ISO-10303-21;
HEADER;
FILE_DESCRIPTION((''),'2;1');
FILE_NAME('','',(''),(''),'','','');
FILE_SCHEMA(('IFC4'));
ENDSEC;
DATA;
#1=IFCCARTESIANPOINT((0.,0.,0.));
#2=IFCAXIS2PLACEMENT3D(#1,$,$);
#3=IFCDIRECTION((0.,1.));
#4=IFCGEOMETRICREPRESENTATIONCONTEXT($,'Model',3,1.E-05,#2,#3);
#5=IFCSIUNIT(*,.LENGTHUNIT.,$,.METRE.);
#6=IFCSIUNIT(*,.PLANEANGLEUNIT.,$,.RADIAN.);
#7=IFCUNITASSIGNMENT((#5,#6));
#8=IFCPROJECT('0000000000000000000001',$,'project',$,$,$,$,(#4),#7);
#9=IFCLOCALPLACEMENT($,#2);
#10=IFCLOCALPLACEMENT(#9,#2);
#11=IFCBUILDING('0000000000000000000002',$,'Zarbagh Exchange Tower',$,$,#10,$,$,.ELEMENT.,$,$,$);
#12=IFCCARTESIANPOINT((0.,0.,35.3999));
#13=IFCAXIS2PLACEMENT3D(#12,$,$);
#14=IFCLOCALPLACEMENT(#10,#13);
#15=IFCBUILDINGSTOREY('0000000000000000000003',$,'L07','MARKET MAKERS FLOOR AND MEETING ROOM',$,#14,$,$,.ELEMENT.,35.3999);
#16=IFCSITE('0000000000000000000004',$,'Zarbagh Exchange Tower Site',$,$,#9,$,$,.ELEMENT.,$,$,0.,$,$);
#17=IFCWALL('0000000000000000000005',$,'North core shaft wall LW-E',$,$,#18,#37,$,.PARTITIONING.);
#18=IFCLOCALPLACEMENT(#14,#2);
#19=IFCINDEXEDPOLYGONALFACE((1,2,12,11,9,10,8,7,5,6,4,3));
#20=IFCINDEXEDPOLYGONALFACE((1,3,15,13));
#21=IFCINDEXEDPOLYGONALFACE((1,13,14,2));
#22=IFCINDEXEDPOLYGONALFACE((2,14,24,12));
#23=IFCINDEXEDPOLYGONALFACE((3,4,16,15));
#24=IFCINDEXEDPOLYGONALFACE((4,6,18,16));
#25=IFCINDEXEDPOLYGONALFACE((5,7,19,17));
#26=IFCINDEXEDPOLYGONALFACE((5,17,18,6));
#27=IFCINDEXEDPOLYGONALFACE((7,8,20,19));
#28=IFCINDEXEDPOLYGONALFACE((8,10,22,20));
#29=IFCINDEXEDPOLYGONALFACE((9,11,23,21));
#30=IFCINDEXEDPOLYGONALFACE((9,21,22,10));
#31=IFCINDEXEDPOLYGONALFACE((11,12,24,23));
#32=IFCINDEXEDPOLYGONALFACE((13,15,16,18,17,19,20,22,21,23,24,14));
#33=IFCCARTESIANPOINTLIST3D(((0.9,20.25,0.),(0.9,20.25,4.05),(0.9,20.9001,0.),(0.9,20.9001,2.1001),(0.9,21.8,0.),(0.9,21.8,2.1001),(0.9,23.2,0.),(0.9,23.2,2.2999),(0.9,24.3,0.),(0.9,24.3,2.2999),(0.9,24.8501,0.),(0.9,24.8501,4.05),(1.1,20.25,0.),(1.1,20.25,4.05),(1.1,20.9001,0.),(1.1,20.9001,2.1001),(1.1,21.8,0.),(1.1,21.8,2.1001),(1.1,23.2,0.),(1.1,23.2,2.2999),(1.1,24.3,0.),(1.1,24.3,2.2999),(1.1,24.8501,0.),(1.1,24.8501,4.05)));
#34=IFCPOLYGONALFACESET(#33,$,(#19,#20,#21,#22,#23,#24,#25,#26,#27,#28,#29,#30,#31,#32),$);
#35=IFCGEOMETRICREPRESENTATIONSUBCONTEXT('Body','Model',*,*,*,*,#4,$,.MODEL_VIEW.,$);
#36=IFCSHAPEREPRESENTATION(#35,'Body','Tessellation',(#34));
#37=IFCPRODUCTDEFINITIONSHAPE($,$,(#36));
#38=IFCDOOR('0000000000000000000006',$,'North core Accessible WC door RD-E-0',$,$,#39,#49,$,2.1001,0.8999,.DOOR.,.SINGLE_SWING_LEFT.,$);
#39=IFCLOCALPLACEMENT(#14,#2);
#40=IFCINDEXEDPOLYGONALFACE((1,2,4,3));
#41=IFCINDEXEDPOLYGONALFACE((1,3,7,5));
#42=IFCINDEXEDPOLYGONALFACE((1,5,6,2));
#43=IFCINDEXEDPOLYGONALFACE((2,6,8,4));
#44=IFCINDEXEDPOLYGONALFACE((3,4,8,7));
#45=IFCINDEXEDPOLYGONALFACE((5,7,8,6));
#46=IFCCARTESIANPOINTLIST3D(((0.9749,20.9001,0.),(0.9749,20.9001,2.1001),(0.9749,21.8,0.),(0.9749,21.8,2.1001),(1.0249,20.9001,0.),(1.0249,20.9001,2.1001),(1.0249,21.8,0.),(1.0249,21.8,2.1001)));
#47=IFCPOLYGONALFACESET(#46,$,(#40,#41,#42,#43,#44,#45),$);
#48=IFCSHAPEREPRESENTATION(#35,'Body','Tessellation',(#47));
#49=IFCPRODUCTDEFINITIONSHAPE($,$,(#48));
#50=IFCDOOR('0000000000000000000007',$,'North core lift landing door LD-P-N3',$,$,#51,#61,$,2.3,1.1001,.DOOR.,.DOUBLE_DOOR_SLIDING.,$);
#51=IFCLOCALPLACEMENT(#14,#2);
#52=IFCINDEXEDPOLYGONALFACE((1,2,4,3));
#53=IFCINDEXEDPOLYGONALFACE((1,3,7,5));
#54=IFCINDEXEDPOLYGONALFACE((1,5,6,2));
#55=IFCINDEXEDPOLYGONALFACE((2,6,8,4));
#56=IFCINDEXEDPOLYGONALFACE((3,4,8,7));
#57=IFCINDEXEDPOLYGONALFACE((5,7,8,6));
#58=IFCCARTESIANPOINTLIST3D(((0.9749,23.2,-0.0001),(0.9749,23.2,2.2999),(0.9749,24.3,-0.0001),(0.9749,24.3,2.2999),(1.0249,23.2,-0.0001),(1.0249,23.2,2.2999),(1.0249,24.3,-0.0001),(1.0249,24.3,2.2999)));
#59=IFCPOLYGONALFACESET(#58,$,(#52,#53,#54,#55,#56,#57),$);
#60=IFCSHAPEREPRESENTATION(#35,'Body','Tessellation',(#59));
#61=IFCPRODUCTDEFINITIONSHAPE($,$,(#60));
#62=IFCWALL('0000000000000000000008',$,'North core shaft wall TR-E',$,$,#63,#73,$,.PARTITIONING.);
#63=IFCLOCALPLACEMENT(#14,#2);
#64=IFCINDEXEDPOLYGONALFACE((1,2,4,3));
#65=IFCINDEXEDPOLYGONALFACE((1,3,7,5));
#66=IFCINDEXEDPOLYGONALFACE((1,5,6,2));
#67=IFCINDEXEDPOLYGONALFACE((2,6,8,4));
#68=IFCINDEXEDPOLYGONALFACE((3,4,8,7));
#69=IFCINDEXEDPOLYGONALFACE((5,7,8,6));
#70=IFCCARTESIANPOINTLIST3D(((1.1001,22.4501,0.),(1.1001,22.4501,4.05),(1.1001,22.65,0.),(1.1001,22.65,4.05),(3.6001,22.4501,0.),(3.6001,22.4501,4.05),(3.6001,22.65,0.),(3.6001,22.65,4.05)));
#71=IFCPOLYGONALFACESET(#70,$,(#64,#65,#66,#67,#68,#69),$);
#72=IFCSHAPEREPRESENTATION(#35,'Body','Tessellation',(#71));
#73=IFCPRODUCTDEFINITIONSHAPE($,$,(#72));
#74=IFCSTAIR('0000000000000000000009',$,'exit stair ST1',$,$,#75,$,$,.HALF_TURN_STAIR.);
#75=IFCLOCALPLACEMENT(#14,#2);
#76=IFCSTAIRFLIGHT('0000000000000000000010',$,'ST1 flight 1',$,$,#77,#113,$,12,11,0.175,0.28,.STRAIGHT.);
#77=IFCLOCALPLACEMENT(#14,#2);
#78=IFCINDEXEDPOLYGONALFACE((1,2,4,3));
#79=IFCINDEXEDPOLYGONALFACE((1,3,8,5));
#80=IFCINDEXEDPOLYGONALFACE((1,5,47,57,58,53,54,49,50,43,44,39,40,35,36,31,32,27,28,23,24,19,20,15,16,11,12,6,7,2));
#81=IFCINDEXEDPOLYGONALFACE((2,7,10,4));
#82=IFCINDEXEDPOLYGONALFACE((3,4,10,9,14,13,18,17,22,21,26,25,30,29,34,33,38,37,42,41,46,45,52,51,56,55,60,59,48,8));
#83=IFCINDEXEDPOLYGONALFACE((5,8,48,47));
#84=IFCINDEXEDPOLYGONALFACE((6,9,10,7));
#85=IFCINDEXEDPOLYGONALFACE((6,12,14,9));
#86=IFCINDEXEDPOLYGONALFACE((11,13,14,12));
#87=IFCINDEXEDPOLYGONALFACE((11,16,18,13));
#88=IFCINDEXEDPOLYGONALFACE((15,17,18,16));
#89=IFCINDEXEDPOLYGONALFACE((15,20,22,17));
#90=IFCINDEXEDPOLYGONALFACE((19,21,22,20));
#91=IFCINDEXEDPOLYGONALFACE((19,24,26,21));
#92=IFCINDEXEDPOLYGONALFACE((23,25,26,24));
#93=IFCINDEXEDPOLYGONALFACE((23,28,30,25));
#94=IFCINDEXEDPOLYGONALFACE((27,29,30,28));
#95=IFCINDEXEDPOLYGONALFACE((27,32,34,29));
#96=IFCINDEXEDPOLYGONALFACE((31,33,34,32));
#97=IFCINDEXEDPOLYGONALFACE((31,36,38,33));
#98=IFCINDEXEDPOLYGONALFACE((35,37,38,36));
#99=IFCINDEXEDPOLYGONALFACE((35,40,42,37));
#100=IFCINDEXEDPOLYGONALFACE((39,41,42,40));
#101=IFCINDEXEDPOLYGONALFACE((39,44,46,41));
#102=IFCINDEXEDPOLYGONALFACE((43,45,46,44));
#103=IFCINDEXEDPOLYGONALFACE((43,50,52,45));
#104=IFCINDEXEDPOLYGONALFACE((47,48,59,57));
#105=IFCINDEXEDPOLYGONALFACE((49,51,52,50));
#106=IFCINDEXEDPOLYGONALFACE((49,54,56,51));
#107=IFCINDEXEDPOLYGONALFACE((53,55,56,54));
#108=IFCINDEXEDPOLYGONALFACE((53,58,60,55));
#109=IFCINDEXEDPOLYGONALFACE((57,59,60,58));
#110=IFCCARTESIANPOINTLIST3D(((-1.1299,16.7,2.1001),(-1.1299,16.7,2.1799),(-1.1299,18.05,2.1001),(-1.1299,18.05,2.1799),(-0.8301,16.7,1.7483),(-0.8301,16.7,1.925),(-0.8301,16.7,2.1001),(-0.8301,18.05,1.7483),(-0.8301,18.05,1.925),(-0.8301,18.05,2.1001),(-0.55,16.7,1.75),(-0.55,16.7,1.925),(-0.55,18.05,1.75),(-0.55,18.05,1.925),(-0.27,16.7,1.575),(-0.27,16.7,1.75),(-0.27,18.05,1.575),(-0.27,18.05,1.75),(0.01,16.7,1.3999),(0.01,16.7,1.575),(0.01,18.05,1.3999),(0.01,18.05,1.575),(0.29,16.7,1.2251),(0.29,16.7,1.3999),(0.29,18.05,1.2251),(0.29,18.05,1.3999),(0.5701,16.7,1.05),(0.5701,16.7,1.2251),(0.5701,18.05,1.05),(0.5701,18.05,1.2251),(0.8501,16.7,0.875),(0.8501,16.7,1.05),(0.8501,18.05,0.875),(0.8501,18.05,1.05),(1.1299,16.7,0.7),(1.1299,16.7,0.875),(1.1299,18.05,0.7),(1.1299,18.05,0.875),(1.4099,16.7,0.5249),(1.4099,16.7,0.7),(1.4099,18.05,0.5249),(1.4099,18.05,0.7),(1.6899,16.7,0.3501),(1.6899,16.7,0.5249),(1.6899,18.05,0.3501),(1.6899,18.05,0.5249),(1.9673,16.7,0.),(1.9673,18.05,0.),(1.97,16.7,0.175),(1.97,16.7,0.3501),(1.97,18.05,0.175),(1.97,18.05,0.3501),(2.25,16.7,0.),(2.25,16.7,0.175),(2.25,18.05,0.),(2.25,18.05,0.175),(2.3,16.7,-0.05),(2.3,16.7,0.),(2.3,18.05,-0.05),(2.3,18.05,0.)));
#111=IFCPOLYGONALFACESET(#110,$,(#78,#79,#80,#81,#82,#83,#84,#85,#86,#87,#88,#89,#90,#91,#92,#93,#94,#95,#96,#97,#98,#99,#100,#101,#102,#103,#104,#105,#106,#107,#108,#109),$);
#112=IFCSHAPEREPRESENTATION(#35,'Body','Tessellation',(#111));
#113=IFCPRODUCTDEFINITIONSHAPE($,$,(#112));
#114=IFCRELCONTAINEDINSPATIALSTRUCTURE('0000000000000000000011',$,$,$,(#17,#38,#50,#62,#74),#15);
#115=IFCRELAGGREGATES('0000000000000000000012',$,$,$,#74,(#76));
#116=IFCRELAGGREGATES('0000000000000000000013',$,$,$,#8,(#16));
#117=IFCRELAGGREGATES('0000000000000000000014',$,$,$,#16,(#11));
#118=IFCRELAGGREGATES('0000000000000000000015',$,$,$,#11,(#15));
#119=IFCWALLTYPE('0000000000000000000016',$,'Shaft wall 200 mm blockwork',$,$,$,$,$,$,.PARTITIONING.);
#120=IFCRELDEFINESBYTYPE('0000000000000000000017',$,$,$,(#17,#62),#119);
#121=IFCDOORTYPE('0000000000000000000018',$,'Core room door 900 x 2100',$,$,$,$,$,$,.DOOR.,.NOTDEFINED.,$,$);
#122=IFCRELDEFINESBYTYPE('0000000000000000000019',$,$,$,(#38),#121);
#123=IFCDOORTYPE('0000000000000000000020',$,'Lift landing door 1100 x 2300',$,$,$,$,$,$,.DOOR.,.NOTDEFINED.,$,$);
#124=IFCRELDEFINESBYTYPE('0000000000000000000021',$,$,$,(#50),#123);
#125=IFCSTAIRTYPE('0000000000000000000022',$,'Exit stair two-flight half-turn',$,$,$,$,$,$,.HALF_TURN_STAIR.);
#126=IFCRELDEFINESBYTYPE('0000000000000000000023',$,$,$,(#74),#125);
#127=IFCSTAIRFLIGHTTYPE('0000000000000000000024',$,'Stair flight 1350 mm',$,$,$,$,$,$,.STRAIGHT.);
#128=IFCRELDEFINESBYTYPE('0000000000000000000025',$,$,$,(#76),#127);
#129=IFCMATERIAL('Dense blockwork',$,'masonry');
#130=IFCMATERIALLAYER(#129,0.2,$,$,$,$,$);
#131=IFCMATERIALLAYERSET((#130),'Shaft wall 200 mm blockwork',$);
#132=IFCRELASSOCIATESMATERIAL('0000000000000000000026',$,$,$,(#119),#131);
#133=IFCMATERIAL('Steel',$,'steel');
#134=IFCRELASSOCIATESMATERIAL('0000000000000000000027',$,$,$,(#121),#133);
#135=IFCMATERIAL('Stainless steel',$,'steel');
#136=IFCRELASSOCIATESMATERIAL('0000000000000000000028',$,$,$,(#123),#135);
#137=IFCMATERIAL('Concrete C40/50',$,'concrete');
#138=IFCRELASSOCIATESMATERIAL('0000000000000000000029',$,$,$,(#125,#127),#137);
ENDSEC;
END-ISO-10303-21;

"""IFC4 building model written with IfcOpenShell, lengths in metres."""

from ifc_helpers import new_model, si_unit, direction, frame, frame_2d, origin, place, context, subcontext, project, spatial, polyline, rectangle, outline, extrude, material, layer, layer_set, type_object, element, fill, aggregate, save


model = new_model("IFC4")

# Units and contexts
model_context = context("Model", 3, precision=1e-05, world=origin(), true_north=direction((0.0, 1.0)))
body_context = subcontext(model_context, "Body", "Model", "MODEL_VIEW")
ifc_project = project(units=[si_unit("LENGTHUNIT", "METRE"), si_unit("PLANEANGLEUNIT", "RADIAN")], contexts=[model_context])

# Site, building, storey
site_placement = place(None, origin())
site = spatial("IfcSite", under=ifc_project, at=site_placement, Name="Zarbagh Exchange Tower Site", CompositionType="ELEMENT", RefElevation=0.0)
building_placement = place(site_placement, origin())
building = spatial("IfcBuilding", under=site, at=building_placement, Name="Zarbagh Exchange Tower", CompositionType="ELEMENT")
storey_placement = place(building_placement, frame((0.0, 0.0, 35.3999)))
storey = spatial("IfcBuildingStorey", under=building, at=storey_placement, Name="L07", Description="MARKET MAKERS FLOOR AND MEETING ROOM", CompositionType="ELEMENT", Elevation=35.3999)

# Wall, openings, doors
ifc_material_1 = material(Name="Steel", Category="steel")
ifc_material_2 = material(Name="Dense blockwork", Category="masonry")
ifc_layer_1 = layer(ifc_material_2, 0.2)
ifc_layer_set_1 = layer_set([ifc_layer_1], Name="Shaft wall 200 mm blockwork")
wall_type_1 = type_object("IfcWallType", Name="Shaft wall 200 mm blockwork", PredefinedType="PARTITIONING", material=ifc_layer_set_1)
wall_1_placement = place(storey_placement, frame((1.0, 24.8501, 0.0), z_axis=(0.0, 0.0, 1.0), x_axis=(0.0, -1.0, 0.0)))
wall_1 = element("IfcWall", 1, at=wall_1_placement, inside=storey, type_object=wall_type_1, Name="North core shaft wall LW-E", PredefinedType="PARTITIONING", context=body_context, shape_type="SweptSolid", body=[
    extrude(rectangle(XDim=4.6001, YDim=0.2, at=frame_2d((2.3, 0.0))), origin(), (0.0, 0.0, 1.0), 4.05),
])
opening_1_placement = place(wall_1_placement, frame((0.55, 0.0, 0.0)))
opening_1 = element("IfcOpeningElement", 2, at=opening_1_placement, cuts=wall_1, PredefinedType="OPENING", context=body_context, shape_type="SweptSolid", body=[
    extrude(rectangle(XDim=1.1001, YDim=2.3, at=frame_2d((0.55, 1.1499))), frame((0.0, 0.1099, 0.0), z_axis=(0.0, -1.0, 0.0), x_axis=(1.0, 0.0, 0.0)), (0.0, 0.0, 1.0), 0.22),
])
opening_2_placement = place(wall_1_placement, frame((3.05, 0.0, 0.0)))
opening_2 = element("IfcOpeningElement", 3, at=opening_2_placement, cuts=wall_1, PredefinedType="OPENING", context=body_context, shape_type="SweptSolid", body=[
    extrude(rectangle(XDim=0.8999, YDim=2.1001, at=frame_2d((0.45, 1.05))), frame((0.0, 0.1099, 0.0), z_axis=(0.0, -1.0, 0.0), x_axis=(1.0, 0.0, 0.0)), (0.0, 0.0, 1.0), 0.22),
])
door_type_1 = type_object("IfcDoorType", Name="Core room door 900 x 2100", OperationType="NOTDEFINED", PredefinedType="DOOR", material=ifc_material_1)
door_1_placement = place(opening_2_placement, origin())
door_1 = element("IfcDoor", 4, at=door_1_placement, inside=storey, type_object=door_type_1, Name="North core Accessible WC door RD-E-0", OperationType="SINGLE_SWING_LEFT", OverallHeight=2.1001, OverallWidth=0.8999, PredefinedType="DOOR", context=body_context, shape_type="SweptSolid", body=[
    extrude(rectangle(XDim=0.8999, YDim=2.1001, at=frame_2d((0.45, 1.05))), frame((0.0, 0.0249, 0.0), z_axis=(0.0, -1.0, 0.0), x_axis=(1.0, 0.0, 0.0)), (0.0, 0.0, 1.0), 0.05),
])
fill(opening_2, door_1)
ifc_material_3 = material(Name="Stainless steel", Category="steel")
door_type_2 = type_object("IfcDoorType", Name="Lift landing door 1100 x 2300", OperationType="NOTDEFINED", PredefinedType="DOOR", material=ifc_material_3)
door_2_placement = place(opening_1_placement, origin())
door_2 = element("IfcDoor", 5, at=door_2_placement, inside=storey, type_object=door_type_2, Name="North core lift landing door LD-P-N3", OperationType="DOUBLE_DOOR_SLIDING", OverallHeight=2.3, OverallWidth=1.1001, PredefinedType="DOOR", context=body_context, shape_type="SweptSolid", body=[
    extrude(rectangle(XDim=1.1001, YDim=2.3, at=frame_2d((0.55, 1.1499))), frame((0.0, 0.0249, 0.0), z_axis=(0.0, -1.0, 0.0), x_axis=(1.0, 0.0, 0.0)), (0.0, 0.0, 1.0), 0.05),
])
fill(opening_1, door_2)

# Wall
wall_2_placement = place(storey_placement, frame((1.1001, 22.55, 0.0), z_axis=(0.0, 0.0, 1.0), x_axis=(1.0, 0.0, 0.0)))
element("IfcWall", 6, at=wall_2_placement, inside=storey, type_object=wall_type_1, Name="North core shaft wall TR-E", PredefinedType="PARTITIONING", context=body_context, shape_type="SweptSolid", body=[
    extrude(rectangle(XDim=2.5, YDim=0.2, at=frame_2d((1.25, 0.0))), origin(), (0.0, 0.0, 1.0), 4.05),
])

# Stair, stair flight
ifc_material_4 = material(Name="Concrete C40/50", Category="concrete")
stair_type = type_object("IfcStairType", Name="Exit stair two-flight half-turn", PredefinedType="HALF_TURN_STAIR", material=ifc_material_4)
stair_placement = place(storey_placement, origin())
stair = element("IfcStair", 7, at=stair_placement, inside=storey, type_object=stair_type, Name="exit stair ST1", PredefinedType="HALF_TURN_STAIR")
stair_flight_type = type_object("IfcStairFlightType", Name="Stair flight 1350 mm", PredefinedType="STRAIGHT", material=ifc_material_4)
stair_flight_placement = place(storey_placement, frame((2.25, 17.375, 0.0), z_axis=(0.0, 0.0, 1.0), x_axis=(-1.0, 0.0, 0.0)))
stair_flight = element("IfcStairFlight", 8, at=stair_flight_placement, type_object=stair_flight_type, Name="ST1 flight 1", NumberOfRisers=12, NumberOfTreads=11, PredefinedType="STRAIGHT", RiserHeight=0.175, TreadLength=0.28, context=body_context, shape_type="SweptSolid", body=[
    extrude(outline(polyline([(-0.05, -0.05), (-0.05, 0.0), (0.0, 0.0), (0.0, 0.175), (0.28, 0.175), (0.28, 0.3501), (0.5601, 0.3501), (0.5601, 0.5249), (0.8401, 0.5249), (0.8401, 0.7), (1.1201, 0.7), (1.1201, 0.875), (1.3999, 0.875), (1.3999, 1.05), (1.6799, 1.05), (1.6799, 1.2251), (1.96, 1.2251), (1.96, 1.3999), (2.24, 1.3999), (2.24, 1.575), (2.52, 1.575), (2.52, 1.75), (2.8, 1.75), (2.8, 1.925), (3.0801, 1.925), (3.0801, 2.1001), (3.3799, 2.1799), (3.3799, 2.1001), (3.0801, 1.7483), (0.2827, 0.0), (-0.05, -0.05)])), frame((0.0, 0.675, 0.0), z_axis=(0.0, -1.0, 0.0), x_axis=(1.0, 0.0, 0.0)), (0.0, 0.0, 1.0), 1.3501),
])
aggregate(stair, [stair_flight])

save(model, "model.ifc")
